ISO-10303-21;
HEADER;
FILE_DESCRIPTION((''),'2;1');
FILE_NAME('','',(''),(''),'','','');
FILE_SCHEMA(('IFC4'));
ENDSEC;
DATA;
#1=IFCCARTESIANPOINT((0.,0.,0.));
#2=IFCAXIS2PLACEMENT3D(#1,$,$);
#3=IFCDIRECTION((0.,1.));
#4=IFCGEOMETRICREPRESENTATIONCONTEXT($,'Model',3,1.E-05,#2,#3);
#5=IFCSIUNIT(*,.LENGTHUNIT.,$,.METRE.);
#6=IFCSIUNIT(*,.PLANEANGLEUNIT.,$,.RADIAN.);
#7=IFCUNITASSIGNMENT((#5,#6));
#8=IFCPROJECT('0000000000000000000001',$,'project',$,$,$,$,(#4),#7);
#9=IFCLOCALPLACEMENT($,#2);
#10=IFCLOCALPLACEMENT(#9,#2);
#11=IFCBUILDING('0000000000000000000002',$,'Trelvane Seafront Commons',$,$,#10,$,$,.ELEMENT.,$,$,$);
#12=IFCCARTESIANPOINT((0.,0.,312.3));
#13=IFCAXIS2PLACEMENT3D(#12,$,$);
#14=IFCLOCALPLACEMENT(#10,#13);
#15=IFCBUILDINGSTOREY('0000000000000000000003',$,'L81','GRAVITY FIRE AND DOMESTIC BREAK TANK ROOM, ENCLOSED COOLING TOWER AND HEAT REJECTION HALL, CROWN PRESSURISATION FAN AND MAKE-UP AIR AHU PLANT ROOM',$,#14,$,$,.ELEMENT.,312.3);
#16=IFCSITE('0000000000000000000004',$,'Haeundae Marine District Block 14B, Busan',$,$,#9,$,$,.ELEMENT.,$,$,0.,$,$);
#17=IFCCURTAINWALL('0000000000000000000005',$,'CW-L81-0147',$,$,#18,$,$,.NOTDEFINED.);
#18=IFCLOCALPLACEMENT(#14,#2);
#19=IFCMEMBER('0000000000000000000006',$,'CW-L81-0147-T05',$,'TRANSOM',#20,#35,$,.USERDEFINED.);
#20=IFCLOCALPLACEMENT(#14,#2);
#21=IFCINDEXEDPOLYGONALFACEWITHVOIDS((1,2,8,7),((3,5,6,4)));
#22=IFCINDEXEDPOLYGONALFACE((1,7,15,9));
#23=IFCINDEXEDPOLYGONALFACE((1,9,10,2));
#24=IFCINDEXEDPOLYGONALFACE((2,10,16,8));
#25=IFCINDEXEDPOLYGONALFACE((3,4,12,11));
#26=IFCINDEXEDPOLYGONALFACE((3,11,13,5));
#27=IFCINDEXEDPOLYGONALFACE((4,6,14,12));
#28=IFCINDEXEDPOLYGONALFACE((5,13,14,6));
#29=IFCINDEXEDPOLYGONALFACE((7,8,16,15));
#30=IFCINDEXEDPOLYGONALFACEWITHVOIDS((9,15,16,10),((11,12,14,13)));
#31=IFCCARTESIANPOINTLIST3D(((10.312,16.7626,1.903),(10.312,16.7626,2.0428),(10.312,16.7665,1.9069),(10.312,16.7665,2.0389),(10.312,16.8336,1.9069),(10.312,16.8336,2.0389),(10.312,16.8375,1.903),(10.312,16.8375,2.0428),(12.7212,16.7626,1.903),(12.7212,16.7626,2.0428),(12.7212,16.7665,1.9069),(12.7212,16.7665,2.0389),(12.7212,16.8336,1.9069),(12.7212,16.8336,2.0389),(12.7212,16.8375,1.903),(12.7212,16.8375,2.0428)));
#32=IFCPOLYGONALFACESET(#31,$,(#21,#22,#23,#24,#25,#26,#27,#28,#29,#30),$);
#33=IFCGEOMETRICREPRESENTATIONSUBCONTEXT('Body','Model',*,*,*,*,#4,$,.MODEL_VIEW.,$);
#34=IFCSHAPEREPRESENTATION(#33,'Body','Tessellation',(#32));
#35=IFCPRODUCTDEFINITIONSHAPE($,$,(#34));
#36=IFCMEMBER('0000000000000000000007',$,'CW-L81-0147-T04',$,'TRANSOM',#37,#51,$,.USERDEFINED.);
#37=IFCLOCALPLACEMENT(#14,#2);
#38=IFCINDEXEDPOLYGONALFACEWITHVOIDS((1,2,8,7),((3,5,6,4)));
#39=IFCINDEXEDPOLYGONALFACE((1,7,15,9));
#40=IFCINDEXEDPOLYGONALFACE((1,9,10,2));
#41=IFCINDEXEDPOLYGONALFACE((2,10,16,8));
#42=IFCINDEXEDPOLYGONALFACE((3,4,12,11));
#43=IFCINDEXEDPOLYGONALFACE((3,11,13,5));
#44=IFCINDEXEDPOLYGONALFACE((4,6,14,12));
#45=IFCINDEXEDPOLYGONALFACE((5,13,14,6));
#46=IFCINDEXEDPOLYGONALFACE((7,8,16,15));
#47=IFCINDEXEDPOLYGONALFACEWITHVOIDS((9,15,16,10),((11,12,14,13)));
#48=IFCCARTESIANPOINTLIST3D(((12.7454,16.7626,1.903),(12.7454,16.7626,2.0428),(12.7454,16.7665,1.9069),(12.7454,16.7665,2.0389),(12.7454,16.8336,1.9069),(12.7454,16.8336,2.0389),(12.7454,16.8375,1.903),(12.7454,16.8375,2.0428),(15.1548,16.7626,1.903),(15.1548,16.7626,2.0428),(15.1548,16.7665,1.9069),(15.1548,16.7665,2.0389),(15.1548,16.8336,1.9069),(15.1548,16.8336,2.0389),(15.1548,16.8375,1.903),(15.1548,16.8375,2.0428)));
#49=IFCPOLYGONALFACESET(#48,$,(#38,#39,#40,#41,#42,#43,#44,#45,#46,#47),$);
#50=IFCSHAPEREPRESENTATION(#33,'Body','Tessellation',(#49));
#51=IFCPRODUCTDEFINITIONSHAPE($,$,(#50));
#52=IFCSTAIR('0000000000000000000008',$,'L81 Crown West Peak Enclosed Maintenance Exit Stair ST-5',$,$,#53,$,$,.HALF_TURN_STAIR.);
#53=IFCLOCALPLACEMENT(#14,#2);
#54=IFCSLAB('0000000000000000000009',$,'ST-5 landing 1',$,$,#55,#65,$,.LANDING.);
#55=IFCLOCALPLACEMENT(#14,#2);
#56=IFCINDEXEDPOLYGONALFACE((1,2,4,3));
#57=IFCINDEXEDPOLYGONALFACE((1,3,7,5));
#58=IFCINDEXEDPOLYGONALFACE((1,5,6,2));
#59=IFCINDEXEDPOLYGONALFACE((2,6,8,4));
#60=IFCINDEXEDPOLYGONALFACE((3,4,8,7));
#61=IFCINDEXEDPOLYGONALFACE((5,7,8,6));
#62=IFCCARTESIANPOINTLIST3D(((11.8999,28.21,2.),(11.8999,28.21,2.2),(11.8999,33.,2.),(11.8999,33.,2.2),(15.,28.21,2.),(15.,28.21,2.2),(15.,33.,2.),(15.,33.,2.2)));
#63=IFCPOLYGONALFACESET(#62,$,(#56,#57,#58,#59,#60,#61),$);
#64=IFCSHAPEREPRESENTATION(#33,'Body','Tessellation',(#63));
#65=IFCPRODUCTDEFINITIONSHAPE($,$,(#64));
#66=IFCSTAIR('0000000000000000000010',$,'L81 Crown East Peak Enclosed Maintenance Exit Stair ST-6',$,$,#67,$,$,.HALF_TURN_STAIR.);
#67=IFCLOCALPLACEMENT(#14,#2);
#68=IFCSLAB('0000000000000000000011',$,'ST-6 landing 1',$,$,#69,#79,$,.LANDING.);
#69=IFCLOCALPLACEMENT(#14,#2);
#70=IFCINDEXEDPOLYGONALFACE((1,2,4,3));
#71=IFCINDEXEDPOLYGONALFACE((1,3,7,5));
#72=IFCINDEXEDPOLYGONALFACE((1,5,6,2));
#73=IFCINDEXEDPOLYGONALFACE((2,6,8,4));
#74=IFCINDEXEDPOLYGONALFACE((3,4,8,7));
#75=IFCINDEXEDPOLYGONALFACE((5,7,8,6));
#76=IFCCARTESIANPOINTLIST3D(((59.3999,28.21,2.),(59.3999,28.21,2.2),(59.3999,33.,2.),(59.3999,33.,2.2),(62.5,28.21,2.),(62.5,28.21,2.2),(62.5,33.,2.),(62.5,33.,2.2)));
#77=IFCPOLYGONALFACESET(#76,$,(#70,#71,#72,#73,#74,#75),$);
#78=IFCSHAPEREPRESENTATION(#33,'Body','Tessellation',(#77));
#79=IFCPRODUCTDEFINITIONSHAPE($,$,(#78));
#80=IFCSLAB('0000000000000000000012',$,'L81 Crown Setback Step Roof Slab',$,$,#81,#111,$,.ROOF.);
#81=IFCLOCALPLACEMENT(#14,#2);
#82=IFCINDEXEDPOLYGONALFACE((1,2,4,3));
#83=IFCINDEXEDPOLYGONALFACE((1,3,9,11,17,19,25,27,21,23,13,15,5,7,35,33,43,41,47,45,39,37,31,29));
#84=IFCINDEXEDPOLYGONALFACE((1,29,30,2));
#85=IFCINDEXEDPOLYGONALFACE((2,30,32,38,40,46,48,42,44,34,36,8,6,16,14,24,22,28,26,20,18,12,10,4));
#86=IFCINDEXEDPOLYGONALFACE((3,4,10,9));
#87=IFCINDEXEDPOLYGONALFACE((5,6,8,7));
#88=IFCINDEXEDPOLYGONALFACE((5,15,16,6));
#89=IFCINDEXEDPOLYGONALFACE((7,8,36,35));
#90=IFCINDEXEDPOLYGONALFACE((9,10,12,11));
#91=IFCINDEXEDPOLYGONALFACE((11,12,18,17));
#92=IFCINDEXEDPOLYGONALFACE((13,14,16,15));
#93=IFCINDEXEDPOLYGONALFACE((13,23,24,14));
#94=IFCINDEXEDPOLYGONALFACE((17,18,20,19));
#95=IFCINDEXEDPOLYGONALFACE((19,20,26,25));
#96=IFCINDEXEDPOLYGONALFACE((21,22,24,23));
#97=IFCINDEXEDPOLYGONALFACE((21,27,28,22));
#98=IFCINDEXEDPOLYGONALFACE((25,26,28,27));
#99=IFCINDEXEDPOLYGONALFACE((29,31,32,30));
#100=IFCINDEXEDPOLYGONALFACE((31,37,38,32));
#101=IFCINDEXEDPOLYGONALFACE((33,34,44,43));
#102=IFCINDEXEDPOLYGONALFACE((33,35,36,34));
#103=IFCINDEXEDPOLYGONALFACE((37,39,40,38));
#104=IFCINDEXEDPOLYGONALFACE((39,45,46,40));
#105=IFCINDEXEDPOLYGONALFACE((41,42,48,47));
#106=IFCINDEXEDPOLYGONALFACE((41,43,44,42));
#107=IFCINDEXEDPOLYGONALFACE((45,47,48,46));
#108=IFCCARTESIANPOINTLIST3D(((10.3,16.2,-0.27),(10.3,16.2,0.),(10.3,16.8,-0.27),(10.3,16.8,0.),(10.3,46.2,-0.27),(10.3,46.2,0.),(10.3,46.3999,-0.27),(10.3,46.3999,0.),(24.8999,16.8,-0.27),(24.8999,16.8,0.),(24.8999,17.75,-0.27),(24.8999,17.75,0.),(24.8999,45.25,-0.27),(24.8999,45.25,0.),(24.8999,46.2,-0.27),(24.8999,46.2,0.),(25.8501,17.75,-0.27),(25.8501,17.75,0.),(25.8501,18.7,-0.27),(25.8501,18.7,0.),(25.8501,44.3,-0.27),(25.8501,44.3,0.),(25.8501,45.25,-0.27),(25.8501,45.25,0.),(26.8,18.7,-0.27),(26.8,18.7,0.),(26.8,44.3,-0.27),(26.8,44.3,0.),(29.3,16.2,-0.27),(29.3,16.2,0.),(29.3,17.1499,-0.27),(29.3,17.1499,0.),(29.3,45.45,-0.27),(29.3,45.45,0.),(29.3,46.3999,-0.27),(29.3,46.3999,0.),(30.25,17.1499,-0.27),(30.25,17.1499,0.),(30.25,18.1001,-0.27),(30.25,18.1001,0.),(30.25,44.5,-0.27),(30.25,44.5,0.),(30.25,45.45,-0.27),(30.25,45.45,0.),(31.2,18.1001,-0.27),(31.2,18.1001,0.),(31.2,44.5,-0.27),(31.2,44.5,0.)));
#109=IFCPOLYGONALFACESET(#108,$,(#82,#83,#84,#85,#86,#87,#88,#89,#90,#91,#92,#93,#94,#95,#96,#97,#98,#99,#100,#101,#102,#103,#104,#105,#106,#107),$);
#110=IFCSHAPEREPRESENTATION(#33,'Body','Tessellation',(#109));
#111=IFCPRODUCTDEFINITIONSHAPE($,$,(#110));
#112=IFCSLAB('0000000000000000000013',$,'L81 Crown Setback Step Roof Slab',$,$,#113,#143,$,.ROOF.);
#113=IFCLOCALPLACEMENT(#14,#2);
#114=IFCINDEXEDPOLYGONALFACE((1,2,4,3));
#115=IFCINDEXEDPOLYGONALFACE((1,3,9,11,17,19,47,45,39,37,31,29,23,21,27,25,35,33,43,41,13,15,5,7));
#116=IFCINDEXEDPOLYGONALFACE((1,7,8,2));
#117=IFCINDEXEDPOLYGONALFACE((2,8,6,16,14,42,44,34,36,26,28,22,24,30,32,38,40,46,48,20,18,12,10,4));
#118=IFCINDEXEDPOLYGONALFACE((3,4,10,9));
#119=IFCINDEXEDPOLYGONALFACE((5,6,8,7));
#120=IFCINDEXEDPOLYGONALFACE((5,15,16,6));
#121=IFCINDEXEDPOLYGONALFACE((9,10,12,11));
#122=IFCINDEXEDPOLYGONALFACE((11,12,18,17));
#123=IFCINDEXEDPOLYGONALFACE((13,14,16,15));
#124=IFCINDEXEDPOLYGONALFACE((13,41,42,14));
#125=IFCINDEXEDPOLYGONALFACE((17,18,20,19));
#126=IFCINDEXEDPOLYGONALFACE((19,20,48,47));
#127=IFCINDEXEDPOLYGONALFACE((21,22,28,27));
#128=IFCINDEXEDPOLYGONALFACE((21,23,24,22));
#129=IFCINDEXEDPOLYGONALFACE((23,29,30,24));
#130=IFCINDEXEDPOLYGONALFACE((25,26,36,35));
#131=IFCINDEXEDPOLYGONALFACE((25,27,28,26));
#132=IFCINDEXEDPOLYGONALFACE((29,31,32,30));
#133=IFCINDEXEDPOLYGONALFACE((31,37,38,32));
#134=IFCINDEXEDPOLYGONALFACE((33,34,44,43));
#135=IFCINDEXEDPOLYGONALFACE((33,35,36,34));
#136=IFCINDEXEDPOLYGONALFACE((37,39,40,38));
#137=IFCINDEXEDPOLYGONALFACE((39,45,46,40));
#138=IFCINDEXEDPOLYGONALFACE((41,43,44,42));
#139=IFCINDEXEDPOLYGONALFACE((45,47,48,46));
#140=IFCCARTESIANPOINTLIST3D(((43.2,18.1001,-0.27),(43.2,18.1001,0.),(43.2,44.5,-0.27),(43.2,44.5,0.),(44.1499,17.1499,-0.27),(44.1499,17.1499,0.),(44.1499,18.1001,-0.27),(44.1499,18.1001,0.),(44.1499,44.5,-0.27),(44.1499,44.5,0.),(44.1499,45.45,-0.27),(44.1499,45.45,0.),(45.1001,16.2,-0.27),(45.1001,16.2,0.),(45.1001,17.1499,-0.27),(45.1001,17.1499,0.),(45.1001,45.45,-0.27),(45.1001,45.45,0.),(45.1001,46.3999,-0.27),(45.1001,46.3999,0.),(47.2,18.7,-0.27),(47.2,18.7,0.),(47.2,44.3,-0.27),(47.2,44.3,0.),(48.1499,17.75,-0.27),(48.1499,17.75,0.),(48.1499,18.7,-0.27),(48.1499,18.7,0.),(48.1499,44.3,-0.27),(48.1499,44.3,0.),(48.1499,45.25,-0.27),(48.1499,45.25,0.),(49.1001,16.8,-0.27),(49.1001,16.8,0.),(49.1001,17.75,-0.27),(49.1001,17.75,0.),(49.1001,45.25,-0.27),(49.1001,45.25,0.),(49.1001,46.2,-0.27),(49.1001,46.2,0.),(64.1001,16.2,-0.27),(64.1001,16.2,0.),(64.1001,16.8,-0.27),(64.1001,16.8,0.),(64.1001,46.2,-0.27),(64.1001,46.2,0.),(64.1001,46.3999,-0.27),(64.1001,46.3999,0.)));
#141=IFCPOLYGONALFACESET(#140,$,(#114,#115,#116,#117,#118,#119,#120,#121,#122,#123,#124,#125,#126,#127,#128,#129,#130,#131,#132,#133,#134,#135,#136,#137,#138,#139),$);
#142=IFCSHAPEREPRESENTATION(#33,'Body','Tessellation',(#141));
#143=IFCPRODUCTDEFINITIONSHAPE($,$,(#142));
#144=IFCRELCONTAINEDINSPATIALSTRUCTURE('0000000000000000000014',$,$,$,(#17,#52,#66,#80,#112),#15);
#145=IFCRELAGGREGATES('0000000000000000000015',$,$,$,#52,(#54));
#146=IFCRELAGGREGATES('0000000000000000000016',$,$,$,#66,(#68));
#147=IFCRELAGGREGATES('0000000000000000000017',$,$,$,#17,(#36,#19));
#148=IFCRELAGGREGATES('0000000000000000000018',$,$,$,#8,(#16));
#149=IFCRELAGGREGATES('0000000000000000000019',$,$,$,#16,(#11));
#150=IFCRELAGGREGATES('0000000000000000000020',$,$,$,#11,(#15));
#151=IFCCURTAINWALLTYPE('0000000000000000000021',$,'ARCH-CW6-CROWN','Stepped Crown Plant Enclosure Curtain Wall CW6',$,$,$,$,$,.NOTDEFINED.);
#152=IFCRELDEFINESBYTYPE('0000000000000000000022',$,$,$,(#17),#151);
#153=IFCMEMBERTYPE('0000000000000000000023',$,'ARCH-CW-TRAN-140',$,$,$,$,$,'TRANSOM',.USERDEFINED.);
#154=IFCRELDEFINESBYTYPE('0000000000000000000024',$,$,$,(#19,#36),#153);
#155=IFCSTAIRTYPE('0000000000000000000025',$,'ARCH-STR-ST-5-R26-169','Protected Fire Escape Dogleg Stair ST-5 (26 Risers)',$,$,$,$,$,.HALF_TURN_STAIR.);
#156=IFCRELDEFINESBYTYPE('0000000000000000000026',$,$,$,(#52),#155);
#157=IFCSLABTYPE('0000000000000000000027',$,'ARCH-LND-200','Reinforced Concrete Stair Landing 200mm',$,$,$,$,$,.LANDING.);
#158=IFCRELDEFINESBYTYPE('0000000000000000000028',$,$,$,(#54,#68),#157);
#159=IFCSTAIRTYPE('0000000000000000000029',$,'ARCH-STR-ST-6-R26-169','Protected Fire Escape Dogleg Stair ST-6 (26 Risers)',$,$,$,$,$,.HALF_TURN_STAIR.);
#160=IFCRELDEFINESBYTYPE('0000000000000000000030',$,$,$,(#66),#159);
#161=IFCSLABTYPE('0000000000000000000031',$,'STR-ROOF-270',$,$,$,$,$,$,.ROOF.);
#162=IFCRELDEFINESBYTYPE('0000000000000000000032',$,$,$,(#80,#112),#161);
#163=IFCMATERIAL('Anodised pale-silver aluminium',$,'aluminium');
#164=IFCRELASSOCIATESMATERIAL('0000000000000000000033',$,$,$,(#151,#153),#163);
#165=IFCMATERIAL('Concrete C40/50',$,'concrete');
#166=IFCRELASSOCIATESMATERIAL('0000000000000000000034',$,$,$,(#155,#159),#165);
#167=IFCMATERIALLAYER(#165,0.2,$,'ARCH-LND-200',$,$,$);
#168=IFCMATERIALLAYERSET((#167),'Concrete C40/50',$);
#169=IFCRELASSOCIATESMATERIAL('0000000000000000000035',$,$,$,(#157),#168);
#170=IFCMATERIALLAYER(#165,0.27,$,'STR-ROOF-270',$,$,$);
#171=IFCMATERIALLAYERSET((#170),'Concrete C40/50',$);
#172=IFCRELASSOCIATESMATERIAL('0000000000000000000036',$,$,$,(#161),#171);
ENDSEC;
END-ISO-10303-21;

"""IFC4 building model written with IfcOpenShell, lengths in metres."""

from ifc_helpers import new_model, si_unit, direction, frame, origin, origin_2d, place, context, subcontext, project, spatial, polyline, hollow_rectangle, outline, extrude, source, transform, mapped, material, layer, layer_set, material_profile, profile_set, type_object, element, aggregate, save


model = new_model("IFC4")

# Units and contexts
model_context = context("Model", 3, precision=1e-05, world=origin(), true_north=direction((0.0, 1.0)))
body_context = subcontext(model_context, "Body", "Model", "MODEL_VIEW")
ifc_project = project(units=[si_unit("LENGTHUNIT", "METRE"), si_unit("PLANEANGLEUNIT", "RADIAN")], contexts=[model_context])

# Site, building, storey
site_placement = place(None, origin())
site = spatial("IfcSite", under=ifc_project, at=site_placement, Name="Haeundae Marine District Block 14B, Busan", CompositionType="ELEMENT", RefElevation=0.0)
building_placement = place(site_placement, origin())
building = spatial("IfcBuilding", under=site, at=building_placement, Name="Trelvane Seafront Commons", CompositionType="ELEMENT")
storey_placement = place(building_placement, frame((0.0, 0.0, 312.3)))
storey = spatial("IfcBuildingStorey", under=building, at=storey_placement, Name="L81", Description="GRAVITY FIRE AND DOMESTIC BREAK TANK ROOM, ENCLOSED COOLING TOWER AND HEAT REJECTION HALL, CROWN PRESSURISATION FAN AND MAKE-UP AIR AHU PLANT ROOM", CompositionType="ELEMENT", Elevation=312.3)

# Curtain wall, members
ifc_material_1 = material(Name="Anodised pale-silver aluminium", Category="aluminium")
curtain_wall_type = type_object("IfcCurtainWallType", Name="ARCH-CW6-CROWN", Description="Stepped Crown Plant Enclosure Curtain Wall CW6", PredefinedType="NOTDEFINED", material=ifc_material_1)
curtain_wall_placement = place(storey_placement, origin())
curtain_wall = element("IfcCurtainWall", 1, at=curtain_wall_placement, inside=storey, type_object=curtain_wall_type, Name="CW-L81-0147", PredefinedType="NOTDEFINED")
ifc_material_profile_1 = material_profile(ifc_material_1, hollow_rectangle(XDim=0.075, YDim=0.1399, WallThickness=0.0039, at=origin_2d()), Name="TRAN-75x140x4")
ifc_profile_set_1 = profile_set([ifc_material_profile_1], Name="Anodised pale-silver aluminium")
member_type_1 = type_object("IfcMemberType", Name="ARCH-CW-TRAN-140", ElementType="TRANSOM", PredefinedType="USERDEFINED", material=ifc_profile_set_1)
shared_shape_1 = source(origin(), body_context, "Body", "SweptSolid", [
    extrude(hollow_rectangle(XDim=0.075, YDim=0.1399, WallThickness=0.0039, at=origin_2d()), origin(), (0.0, 0.0, 1.0), 2.4092),
])
member_1_placement = place(storey_placement, frame((12.7212, 16.8, 1.9729), z_axis=(-1.0, 0.0, 0.0), x_axis=(0.0, -1.0, 0.0)))
member_1 = element("IfcMember", 2, at=member_1_placement, type_object=member_type_1, Name="CW-L81-0147-T05", ObjectType="TRANSOM", PredefinedType="USERDEFINED", context=body_context, shape_type="MappedRepresentation", body=[
    mapped(shared_shape_1, transform((0.0, 0.0, 0.0), x_axis=(1.0, 0.0, 0.0), y_axis=(0.0, 1.0, 0.0), z_axis=(0.0, 0.0, 1.0), scale=1.0)),
])
shared_shape_2 = source(origin(), body_context, "Body", "SweptSolid", [
    extrude(hollow_rectangle(XDim=0.075, YDim=0.1399, WallThickness=0.0039, at=origin_2d()), origin(), (0.0, 0.0, 1.0), 2.4094),
])
member_2_placement = place(storey_placement, frame((15.1548, 16.8, 1.9729), z_axis=(-1.0, 0.0, 0.0), x_axis=(0.0, -1.0, 0.0)))
member_2 = element("IfcMember", 3, at=member_2_placement, type_object=member_type_1, Name="CW-L81-0147-T04", ObjectType="TRANSOM", PredefinedType="USERDEFINED", context=body_context, shape_type="MappedRepresentation", body=[
    mapped(shared_shape_2, transform((0.0, 0.0, 0.0), x_axis=(1.0, 0.0, 0.0), y_axis=(0.0, 1.0, 0.0), z_axis=(0.0, 0.0, 1.0), scale=1.0)),
])

# Stairs, slabs
ifc_material_2 = material(Name="Concrete C40/50", Category="concrete")
stair_type_1 = type_object("IfcStairType", Name="ARCH-STR-ST-5-R26-169", Description="Protected Fire Escape Dogleg Stair ST-5 (26 Risers)", PredefinedType="HALF_TURN_STAIR", material=ifc_material_2)
stair_1_placement = place(storey_placement, origin())
stair_1 = element("IfcStair", 4, at=stair_1_placement, inside=storey, type_object=stair_type_1, Name="L81 Crown West Peak Enclosed Maintenance Exit Stair ST-5", PredefinedType="HALF_TURN_STAIR")
ifc_layer_1 = layer(ifc_material_2, 0.2, Name="ARCH-LND-200")
ifc_layer_set_1 = layer_set([ifc_layer_1], Name="Concrete C40/50")
slab_type_1 = type_object("IfcSlabType", Name="ARCH-LND-200", Description="Reinforced Concrete Stair Landing 200mm", PredefinedType="LANDING", material=ifc_layer_set_1)
slab_1_placement = place(storey_placement, frame((0.0, 0.0, 2.0)))
slab_1 = element("IfcSlab", 5, at=slab_1_placement, type_object=slab_type_1, Name="ST-5 landing 1", PredefinedType="LANDING", context=body_context, shape_type="SweptSolid", body=[
    extrude(outline(polyline([(15.0, 28.21), (15.0, 33.0), (11.8999, 33.0), (11.8999, 28.21), (15.0, 28.21)])), origin(), (0.0, 0.0, 1.0), 0.2),
])
aggregate(stair_1, [slab_1])
stair_type_2 = type_object("IfcStairType", Name="ARCH-STR-ST-6-R26-169", Description="Protected Fire Escape Dogleg Stair ST-6 (26 Risers)", PredefinedType="HALF_TURN_STAIR", material=ifc_material_2)
stair_2_placement = place(storey_placement, origin())
stair_2 = element("IfcStair", 6, at=stair_2_placement, inside=storey, type_object=stair_type_2, Name="L81 Crown East Peak Enclosed Maintenance Exit Stair ST-6", PredefinedType="HALF_TURN_STAIR")
slab_2_placement = place(storey_placement, frame((0.0, 0.0, 2.0)))
slab_2 = element("IfcSlab", 7, at=slab_2_placement, type_object=slab_type_1, Name="ST-6 landing 1", PredefinedType="LANDING", context=body_context, shape_type="SweptSolid", body=[
    extrude(outline(polyline([(62.5, 28.21), (62.5, 33.0), (59.3999, 33.0), (59.3999, 28.21), (62.5, 28.21)])), origin(), (0.0, 0.0, 1.0), 0.2),
])
aggregate(stair_2, [slab_2])

# Slabs
ifc_layer_2 = layer(ifc_material_2, 0.27, Name="STR-ROOF-270")
ifc_layer_set_2 = layer_set([ifc_layer_2], Name="Concrete C40/50")
slab_type_2 = type_object("IfcSlabType", Name="STR-ROOF-270", PredefinedType="ROOF", material=ifc_layer_set_2)
slab_3_placement = place(storey_placement, frame((0.0, 0.0, -0.27)))
element("IfcSlab", 8, at=slab_3_placement, inside=storey, type_object=slab_type_2, Name="L81 Crown Setback Step Roof Slab", PredefinedType="ROOF", context=body_context, shape_type="SweptSolid", body=[
    extrude(outline(polyline([(10.3, 46.2), (24.8999, 46.2), (24.8999, 45.25), (25.8501, 45.25), (25.8501, 44.3), (26.8, 44.3), (26.8, 18.7), (25.8501, 18.7), (25.8501, 17.75), (24.8999, 17.75), (24.8999, 16.8), (10.3, 16.8), (10.3, 16.2), (29.3, 16.2), (29.3, 17.1499), (30.25, 17.1499), (30.25, 18.1001), (31.2, 18.1001), (31.2, 44.5), (30.25, 44.5), (30.25, 45.45), (29.3, 45.45), (29.3, 46.3999), (10.3, 46.3999), (10.3, 46.2)])), origin(), (0.0, 0.0, 1.0), 0.27),
])
slab_4_placement = place(storey_placement, frame((0.0, 0.0, -0.27)))
element("IfcSlab", 9, at=slab_4_placement, inside=storey, type_object=slab_type_2, Name="L81 Crown Setback Step Roof Slab", PredefinedType="ROOF", context=body_context, shape_type="SweptSolid", body=[
    extrude(outline(polyline([(45.1001, 17.1499), (45.1001, 16.2), (64.1001, 16.2), (64.1001, 16.8), (49.1001, 16.8), (49.1001, 17.75), (48.1499, 17.75), (48.1499, 18.7), (47.2, 18.7), (47.2, 44.3), (48.1499, 44.3), (48.1499, 45.25), (49.1001, 45.25), (49.1001, 46.2), (64.1001, 46.2), (64.1001, 46.3999), (45.1001, 46.3999), (45.1001, 45.45), (44.1499, 45.45), (44.1499, 44.5), (43.2, 44.5), (43.2, 18.1001), (44.1499, 18.1001), (44.1499, 17.1499), (45.1001, 17.1499)])), origin(), (0.0, 0.0, 1.0), 0.27),
])

aggregate(curtain_wall, [member_2, member_1])

save(model, "model.ifc")
